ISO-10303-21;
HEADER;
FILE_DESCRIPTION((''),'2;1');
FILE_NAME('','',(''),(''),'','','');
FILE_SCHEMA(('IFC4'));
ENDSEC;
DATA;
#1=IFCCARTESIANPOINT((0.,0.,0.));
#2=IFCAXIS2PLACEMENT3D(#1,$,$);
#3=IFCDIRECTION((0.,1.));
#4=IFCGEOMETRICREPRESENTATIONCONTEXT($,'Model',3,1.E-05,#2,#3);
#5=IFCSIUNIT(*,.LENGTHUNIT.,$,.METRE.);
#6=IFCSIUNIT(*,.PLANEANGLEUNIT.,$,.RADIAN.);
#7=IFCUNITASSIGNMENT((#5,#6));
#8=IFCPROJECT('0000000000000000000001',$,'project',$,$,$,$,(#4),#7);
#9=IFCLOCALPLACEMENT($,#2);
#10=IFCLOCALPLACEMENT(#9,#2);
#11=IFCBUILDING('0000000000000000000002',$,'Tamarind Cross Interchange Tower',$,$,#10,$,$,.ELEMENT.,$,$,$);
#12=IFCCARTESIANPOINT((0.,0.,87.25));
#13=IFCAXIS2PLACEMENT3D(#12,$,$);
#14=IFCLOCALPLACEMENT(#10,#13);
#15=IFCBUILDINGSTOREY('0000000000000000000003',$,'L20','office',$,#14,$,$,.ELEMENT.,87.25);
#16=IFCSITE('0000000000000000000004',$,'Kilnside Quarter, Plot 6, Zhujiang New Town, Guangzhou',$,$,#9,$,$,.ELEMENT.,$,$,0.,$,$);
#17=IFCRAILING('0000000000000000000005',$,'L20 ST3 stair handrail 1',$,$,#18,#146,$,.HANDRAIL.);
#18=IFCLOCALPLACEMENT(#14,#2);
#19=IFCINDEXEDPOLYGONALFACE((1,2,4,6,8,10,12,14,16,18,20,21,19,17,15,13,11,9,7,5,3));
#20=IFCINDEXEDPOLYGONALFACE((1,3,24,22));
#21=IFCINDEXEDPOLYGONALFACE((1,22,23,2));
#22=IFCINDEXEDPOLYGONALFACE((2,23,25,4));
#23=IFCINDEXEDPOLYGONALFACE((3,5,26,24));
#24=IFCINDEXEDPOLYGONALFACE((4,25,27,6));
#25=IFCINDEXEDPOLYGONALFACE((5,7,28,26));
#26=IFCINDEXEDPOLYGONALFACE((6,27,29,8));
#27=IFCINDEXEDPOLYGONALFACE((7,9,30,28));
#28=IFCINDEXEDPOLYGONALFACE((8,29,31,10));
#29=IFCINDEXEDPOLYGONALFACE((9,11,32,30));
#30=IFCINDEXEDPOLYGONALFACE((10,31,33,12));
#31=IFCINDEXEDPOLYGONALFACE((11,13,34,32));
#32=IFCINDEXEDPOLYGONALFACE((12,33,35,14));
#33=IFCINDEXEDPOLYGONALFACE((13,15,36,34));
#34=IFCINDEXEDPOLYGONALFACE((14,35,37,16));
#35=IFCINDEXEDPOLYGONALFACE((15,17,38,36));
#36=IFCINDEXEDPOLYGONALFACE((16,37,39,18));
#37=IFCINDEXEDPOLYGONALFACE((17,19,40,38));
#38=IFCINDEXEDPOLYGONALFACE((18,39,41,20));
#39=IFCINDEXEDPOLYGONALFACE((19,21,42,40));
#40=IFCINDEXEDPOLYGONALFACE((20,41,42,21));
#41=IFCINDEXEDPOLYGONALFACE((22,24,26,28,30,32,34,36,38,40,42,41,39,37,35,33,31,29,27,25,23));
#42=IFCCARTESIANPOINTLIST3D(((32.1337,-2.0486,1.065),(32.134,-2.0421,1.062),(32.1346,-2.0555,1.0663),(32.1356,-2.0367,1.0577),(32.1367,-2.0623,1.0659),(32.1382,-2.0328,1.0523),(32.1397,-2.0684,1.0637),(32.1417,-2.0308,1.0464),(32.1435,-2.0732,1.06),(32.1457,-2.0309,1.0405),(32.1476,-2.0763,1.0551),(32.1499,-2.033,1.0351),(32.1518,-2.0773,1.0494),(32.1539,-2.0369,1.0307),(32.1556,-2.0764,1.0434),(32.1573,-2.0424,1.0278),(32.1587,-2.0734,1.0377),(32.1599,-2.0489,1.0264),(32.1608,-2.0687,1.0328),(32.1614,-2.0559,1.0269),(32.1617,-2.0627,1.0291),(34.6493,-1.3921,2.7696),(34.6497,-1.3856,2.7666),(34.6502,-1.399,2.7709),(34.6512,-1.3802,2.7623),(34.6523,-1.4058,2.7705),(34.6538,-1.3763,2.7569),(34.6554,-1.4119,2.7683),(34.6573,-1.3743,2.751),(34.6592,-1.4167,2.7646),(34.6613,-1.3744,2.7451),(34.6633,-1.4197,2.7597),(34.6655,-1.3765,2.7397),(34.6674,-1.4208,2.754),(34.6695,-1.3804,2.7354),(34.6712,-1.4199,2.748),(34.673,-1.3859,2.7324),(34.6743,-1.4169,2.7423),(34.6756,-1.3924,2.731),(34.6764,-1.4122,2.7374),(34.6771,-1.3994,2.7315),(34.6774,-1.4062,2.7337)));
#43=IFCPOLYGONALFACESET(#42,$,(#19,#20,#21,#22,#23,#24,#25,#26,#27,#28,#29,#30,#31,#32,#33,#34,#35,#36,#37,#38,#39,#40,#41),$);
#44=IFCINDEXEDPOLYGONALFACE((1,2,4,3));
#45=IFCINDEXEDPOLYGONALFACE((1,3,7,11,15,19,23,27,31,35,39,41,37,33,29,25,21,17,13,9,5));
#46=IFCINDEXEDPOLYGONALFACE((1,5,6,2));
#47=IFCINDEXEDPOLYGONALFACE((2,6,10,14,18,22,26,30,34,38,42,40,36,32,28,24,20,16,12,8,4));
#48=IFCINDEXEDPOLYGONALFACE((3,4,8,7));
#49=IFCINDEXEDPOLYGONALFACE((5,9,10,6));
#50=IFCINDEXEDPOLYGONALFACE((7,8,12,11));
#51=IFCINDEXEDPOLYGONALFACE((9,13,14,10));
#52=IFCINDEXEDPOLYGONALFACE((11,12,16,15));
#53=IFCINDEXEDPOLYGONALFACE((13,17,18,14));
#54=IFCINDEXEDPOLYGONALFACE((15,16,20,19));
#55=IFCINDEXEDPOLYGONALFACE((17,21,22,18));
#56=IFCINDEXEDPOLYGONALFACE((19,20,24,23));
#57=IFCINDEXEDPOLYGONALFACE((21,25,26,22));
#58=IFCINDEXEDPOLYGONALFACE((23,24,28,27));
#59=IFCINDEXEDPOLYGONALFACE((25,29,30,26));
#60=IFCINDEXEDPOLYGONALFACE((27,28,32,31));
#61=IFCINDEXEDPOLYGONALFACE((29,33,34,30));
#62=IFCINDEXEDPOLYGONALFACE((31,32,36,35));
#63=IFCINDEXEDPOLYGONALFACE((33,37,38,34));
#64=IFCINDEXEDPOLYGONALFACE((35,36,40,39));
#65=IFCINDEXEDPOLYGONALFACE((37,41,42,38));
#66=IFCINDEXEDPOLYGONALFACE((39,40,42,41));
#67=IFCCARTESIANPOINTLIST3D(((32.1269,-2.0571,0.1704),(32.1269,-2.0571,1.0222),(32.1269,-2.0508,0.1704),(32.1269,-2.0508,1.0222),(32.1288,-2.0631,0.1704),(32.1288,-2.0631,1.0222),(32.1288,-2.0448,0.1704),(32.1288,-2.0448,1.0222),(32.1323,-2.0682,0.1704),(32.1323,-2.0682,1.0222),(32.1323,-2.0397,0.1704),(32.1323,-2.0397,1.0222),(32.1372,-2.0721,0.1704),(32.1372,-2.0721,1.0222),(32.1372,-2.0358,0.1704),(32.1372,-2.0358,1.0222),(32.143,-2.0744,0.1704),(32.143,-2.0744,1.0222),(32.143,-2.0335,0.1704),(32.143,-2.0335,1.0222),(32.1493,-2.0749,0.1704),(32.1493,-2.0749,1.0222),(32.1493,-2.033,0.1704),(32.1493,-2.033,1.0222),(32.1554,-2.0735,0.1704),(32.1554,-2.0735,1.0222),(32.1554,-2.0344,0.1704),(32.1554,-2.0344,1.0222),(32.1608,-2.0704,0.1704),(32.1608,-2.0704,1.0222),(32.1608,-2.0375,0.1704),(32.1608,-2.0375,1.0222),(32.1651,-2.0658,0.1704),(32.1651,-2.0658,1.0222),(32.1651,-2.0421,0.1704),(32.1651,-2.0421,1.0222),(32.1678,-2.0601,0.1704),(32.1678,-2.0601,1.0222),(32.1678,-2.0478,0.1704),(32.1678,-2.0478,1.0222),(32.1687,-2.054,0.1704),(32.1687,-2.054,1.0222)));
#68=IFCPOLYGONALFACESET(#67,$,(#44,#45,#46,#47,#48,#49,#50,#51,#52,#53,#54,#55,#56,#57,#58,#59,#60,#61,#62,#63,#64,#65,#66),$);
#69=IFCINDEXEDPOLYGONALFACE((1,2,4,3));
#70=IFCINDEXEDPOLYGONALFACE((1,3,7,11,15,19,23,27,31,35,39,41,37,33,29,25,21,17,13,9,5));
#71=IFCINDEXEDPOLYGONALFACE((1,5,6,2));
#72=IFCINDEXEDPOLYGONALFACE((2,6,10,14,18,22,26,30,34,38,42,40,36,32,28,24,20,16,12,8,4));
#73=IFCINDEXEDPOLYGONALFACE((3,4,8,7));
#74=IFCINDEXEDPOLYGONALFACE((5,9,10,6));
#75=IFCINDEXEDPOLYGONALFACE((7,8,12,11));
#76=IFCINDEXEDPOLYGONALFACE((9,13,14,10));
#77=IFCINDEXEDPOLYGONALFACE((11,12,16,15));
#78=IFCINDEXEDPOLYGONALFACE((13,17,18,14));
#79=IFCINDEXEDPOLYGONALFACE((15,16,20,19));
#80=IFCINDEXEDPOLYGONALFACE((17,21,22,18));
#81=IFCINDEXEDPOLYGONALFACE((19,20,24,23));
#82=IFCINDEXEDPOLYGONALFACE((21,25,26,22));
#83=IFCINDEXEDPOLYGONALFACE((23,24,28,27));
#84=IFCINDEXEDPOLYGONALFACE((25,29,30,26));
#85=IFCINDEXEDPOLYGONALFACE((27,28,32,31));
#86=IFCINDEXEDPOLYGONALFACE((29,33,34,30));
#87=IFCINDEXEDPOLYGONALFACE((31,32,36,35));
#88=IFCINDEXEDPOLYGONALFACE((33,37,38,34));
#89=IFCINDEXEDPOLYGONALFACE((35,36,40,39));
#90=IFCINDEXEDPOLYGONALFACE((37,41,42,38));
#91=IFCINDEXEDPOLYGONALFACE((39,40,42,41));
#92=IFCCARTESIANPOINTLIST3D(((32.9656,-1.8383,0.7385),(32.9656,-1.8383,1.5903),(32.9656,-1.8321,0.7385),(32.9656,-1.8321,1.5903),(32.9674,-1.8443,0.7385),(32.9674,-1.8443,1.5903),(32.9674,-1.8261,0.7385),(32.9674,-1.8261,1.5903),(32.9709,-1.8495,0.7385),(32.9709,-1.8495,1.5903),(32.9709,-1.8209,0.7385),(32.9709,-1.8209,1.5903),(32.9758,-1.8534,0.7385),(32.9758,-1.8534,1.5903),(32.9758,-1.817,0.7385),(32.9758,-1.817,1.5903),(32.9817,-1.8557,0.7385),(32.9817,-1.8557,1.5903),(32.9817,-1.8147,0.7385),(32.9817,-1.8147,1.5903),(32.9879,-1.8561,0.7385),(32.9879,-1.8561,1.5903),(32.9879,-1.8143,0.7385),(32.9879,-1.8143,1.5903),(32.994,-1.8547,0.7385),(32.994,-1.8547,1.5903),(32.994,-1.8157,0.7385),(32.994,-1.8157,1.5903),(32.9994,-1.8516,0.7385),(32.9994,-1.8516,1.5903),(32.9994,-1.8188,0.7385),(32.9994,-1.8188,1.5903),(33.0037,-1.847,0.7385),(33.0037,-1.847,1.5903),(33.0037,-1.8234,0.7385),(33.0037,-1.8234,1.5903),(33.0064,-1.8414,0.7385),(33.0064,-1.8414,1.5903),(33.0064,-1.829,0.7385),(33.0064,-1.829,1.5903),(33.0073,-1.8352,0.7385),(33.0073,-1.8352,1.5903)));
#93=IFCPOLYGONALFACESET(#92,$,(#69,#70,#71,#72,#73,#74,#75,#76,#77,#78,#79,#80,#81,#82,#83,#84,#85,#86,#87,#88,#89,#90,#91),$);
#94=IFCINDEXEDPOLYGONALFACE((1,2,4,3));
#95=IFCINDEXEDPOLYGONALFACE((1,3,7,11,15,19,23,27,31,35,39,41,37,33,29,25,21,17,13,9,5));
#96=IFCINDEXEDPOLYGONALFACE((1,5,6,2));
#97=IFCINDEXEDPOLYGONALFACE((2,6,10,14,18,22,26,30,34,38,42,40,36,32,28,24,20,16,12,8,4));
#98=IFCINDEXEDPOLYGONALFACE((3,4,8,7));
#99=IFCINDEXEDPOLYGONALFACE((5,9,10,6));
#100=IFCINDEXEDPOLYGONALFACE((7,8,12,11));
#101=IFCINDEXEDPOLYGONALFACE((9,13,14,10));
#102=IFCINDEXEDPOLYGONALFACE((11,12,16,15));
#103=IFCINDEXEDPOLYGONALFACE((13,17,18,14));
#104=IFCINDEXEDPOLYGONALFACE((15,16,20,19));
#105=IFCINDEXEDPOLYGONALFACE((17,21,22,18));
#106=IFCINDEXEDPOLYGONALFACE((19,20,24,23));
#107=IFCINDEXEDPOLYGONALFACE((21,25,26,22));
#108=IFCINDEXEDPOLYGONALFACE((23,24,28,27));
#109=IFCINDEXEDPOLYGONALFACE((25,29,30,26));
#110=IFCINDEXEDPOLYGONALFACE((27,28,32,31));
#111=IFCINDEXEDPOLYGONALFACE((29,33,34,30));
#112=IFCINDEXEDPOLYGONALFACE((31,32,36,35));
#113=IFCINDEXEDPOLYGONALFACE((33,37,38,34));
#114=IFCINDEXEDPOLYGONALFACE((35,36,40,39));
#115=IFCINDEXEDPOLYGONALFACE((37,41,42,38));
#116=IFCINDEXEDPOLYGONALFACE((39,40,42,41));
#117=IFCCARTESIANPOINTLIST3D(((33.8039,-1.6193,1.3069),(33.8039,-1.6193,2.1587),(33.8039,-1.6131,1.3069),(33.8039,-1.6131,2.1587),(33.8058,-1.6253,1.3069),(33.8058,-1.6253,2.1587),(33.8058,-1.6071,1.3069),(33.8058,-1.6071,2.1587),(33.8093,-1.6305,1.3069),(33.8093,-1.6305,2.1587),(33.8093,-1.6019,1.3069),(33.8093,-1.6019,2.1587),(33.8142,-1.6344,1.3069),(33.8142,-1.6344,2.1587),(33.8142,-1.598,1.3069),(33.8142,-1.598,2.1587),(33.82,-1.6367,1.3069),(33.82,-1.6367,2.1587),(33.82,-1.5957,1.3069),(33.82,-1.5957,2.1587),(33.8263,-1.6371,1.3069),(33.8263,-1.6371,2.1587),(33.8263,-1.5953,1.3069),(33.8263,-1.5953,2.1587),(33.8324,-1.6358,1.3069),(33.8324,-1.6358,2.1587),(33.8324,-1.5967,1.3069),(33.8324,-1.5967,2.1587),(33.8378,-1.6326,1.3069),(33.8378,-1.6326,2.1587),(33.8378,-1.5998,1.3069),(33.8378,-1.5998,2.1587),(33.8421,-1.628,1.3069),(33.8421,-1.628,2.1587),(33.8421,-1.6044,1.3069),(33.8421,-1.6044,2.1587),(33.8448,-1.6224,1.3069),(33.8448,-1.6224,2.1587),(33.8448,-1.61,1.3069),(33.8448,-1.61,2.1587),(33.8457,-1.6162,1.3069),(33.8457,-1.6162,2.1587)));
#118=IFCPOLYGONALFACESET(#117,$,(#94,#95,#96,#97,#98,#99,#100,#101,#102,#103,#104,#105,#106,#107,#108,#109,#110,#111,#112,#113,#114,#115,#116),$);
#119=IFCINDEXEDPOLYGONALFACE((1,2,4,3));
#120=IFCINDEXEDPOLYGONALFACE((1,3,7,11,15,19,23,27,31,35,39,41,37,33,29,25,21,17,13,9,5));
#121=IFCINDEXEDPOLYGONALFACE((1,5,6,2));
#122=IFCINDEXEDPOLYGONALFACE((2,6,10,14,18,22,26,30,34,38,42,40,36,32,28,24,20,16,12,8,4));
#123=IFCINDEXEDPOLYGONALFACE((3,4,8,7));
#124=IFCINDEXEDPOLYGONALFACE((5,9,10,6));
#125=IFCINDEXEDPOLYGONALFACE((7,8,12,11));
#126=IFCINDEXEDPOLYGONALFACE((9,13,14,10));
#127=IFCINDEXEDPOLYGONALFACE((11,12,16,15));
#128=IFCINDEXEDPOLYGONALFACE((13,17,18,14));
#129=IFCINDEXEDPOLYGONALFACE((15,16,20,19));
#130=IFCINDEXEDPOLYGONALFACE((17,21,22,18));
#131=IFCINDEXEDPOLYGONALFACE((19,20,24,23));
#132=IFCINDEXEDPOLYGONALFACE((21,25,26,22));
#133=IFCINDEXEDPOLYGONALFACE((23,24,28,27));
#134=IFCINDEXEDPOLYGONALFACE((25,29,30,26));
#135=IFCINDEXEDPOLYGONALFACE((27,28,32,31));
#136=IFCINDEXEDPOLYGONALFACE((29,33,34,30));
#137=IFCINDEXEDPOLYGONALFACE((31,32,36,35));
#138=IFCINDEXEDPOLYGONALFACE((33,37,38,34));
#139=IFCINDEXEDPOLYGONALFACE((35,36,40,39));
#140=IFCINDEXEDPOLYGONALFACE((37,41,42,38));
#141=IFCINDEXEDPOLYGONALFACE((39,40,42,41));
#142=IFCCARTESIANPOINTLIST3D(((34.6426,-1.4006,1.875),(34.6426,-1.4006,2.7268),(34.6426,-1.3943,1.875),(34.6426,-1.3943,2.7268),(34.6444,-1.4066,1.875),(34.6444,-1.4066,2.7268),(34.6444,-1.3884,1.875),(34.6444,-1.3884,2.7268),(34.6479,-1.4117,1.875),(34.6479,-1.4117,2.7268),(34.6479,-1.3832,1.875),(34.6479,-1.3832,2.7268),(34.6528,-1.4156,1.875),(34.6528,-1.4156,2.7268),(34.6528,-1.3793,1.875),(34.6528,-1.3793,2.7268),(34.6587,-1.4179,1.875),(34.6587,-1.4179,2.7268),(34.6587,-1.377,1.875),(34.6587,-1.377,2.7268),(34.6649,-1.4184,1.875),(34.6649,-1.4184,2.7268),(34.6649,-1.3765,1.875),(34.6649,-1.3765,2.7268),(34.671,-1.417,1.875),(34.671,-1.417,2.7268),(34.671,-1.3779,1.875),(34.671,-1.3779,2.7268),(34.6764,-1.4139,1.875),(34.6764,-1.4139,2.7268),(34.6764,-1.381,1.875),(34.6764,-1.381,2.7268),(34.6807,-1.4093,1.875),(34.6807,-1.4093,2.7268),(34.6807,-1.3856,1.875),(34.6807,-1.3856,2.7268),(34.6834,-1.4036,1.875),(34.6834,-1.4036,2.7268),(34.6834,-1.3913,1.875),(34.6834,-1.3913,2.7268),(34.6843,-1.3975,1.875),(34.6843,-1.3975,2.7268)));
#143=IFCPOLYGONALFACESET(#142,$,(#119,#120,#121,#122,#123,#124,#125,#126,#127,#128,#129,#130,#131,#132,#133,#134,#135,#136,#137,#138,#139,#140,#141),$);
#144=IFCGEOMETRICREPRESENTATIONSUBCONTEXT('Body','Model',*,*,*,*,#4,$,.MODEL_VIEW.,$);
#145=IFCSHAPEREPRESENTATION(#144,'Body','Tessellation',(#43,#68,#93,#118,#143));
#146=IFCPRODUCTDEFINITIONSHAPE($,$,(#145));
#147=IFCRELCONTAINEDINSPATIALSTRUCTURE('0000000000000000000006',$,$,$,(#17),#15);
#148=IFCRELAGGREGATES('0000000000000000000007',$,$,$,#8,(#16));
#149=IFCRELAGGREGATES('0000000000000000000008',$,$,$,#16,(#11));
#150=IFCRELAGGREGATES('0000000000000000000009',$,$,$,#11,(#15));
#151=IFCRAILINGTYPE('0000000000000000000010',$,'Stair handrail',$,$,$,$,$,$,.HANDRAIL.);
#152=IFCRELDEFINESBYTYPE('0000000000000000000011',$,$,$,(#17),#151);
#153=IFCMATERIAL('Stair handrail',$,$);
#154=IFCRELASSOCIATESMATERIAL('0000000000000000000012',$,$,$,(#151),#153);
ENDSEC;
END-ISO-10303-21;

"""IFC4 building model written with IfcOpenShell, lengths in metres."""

from ifc_helpers import new_model, si_unit, direction, frame, origin, origin_2d, place, context, subcontext, project, spatial, circle, extrude, material, type_object, element, save


model = new_model("IFC4")

# Units and contexts
model_context = context("Model", 3, precision=1e-05, world=origin(), true_north=direction((0.0, 1.0)))
body_context = subcontext(model_context, "Body", "Model", "MODEL_VIEW")
ifc_project = project(units=[si_unit("LENGTHUNIT", "METRE"), si_unit("PLANEANGLEUNIT", "RADIAN")], contexts=[model_context])

# Site, building, storey
site_placement = place(None, origin())
site = spatial("IfcSite", under=ifc_project, at=site_placement, Name="Kilnside Quarter, Plot 6, Zhujiang New Town, Guangzhou", CompositionType="ELEMENT", RefElevation=0.0)
building_placement = place(site_placement, origin())
building = spatial("IfcBuilding", under=site, at=building_placement, Name="Tamarind Cross Interchange Tower", CompositionType="ELEMENT")
storey_placement = place(building_placement, frame((0.0, 0.0, 87.25)))
storey = spatial("IfcBuildingStorey", under=building, at=storey_placement, Name="L20", Description="office", CompositionType="ELEMENT", Elevation=87.25)

# Railing
ifc_material_1 = material(Name="Stair handrail")
railing_type_1 = type_object("IfcRailingType", Name="Stair handrail", PredefinedType="HANDRAIL", material=ifc_material_1)
railing_1_placement = place(storey_placement, frame((32.1477, -2.054, 0.1704)))
element("IfcRailing", 1, at=railing_1_placement, inside=storey, type_object=railing_type_1, Name="L20 ST3 stair handrail 1", PredefinedType="HANDRAIL", context=body_context, shape_type="SweptSolid", body=[
    extrude(circle(Radius=0.0239, at=origin_2d()), frame((0.0, 0.0, 0.876), z_axis=(0.809181, 0.211169, 0.548301), x_axis=(-0.25251, 0.967594, 0.0)), (0.0, 0.0, 1.0), 3.1089),
    extrude(circle(Radius=0.021, at=origin_2d()), origin(), (0.0, 0.0, 1.0), 0.8518),
    extrude(circle(Radius=0.021, at=origin_2d()), frame((0.8386, 0.2188, 0.5681)), (0.0, 0.0, 1.0), 0.8518),
    extrude(circle(Radius=0.021, at=origin_2d()), frame((1.677, 0.4377, 1.1365)), (0.0, 0.0, 1.0), 0.8518),
    extrude(circle(Radius=0.021, at=origin_2d()), frame((2.5156, 0.6565, 1.7046)), (0.0, 0.0, 1.0), 0.8518),
])

save(model, "model.ifc")
